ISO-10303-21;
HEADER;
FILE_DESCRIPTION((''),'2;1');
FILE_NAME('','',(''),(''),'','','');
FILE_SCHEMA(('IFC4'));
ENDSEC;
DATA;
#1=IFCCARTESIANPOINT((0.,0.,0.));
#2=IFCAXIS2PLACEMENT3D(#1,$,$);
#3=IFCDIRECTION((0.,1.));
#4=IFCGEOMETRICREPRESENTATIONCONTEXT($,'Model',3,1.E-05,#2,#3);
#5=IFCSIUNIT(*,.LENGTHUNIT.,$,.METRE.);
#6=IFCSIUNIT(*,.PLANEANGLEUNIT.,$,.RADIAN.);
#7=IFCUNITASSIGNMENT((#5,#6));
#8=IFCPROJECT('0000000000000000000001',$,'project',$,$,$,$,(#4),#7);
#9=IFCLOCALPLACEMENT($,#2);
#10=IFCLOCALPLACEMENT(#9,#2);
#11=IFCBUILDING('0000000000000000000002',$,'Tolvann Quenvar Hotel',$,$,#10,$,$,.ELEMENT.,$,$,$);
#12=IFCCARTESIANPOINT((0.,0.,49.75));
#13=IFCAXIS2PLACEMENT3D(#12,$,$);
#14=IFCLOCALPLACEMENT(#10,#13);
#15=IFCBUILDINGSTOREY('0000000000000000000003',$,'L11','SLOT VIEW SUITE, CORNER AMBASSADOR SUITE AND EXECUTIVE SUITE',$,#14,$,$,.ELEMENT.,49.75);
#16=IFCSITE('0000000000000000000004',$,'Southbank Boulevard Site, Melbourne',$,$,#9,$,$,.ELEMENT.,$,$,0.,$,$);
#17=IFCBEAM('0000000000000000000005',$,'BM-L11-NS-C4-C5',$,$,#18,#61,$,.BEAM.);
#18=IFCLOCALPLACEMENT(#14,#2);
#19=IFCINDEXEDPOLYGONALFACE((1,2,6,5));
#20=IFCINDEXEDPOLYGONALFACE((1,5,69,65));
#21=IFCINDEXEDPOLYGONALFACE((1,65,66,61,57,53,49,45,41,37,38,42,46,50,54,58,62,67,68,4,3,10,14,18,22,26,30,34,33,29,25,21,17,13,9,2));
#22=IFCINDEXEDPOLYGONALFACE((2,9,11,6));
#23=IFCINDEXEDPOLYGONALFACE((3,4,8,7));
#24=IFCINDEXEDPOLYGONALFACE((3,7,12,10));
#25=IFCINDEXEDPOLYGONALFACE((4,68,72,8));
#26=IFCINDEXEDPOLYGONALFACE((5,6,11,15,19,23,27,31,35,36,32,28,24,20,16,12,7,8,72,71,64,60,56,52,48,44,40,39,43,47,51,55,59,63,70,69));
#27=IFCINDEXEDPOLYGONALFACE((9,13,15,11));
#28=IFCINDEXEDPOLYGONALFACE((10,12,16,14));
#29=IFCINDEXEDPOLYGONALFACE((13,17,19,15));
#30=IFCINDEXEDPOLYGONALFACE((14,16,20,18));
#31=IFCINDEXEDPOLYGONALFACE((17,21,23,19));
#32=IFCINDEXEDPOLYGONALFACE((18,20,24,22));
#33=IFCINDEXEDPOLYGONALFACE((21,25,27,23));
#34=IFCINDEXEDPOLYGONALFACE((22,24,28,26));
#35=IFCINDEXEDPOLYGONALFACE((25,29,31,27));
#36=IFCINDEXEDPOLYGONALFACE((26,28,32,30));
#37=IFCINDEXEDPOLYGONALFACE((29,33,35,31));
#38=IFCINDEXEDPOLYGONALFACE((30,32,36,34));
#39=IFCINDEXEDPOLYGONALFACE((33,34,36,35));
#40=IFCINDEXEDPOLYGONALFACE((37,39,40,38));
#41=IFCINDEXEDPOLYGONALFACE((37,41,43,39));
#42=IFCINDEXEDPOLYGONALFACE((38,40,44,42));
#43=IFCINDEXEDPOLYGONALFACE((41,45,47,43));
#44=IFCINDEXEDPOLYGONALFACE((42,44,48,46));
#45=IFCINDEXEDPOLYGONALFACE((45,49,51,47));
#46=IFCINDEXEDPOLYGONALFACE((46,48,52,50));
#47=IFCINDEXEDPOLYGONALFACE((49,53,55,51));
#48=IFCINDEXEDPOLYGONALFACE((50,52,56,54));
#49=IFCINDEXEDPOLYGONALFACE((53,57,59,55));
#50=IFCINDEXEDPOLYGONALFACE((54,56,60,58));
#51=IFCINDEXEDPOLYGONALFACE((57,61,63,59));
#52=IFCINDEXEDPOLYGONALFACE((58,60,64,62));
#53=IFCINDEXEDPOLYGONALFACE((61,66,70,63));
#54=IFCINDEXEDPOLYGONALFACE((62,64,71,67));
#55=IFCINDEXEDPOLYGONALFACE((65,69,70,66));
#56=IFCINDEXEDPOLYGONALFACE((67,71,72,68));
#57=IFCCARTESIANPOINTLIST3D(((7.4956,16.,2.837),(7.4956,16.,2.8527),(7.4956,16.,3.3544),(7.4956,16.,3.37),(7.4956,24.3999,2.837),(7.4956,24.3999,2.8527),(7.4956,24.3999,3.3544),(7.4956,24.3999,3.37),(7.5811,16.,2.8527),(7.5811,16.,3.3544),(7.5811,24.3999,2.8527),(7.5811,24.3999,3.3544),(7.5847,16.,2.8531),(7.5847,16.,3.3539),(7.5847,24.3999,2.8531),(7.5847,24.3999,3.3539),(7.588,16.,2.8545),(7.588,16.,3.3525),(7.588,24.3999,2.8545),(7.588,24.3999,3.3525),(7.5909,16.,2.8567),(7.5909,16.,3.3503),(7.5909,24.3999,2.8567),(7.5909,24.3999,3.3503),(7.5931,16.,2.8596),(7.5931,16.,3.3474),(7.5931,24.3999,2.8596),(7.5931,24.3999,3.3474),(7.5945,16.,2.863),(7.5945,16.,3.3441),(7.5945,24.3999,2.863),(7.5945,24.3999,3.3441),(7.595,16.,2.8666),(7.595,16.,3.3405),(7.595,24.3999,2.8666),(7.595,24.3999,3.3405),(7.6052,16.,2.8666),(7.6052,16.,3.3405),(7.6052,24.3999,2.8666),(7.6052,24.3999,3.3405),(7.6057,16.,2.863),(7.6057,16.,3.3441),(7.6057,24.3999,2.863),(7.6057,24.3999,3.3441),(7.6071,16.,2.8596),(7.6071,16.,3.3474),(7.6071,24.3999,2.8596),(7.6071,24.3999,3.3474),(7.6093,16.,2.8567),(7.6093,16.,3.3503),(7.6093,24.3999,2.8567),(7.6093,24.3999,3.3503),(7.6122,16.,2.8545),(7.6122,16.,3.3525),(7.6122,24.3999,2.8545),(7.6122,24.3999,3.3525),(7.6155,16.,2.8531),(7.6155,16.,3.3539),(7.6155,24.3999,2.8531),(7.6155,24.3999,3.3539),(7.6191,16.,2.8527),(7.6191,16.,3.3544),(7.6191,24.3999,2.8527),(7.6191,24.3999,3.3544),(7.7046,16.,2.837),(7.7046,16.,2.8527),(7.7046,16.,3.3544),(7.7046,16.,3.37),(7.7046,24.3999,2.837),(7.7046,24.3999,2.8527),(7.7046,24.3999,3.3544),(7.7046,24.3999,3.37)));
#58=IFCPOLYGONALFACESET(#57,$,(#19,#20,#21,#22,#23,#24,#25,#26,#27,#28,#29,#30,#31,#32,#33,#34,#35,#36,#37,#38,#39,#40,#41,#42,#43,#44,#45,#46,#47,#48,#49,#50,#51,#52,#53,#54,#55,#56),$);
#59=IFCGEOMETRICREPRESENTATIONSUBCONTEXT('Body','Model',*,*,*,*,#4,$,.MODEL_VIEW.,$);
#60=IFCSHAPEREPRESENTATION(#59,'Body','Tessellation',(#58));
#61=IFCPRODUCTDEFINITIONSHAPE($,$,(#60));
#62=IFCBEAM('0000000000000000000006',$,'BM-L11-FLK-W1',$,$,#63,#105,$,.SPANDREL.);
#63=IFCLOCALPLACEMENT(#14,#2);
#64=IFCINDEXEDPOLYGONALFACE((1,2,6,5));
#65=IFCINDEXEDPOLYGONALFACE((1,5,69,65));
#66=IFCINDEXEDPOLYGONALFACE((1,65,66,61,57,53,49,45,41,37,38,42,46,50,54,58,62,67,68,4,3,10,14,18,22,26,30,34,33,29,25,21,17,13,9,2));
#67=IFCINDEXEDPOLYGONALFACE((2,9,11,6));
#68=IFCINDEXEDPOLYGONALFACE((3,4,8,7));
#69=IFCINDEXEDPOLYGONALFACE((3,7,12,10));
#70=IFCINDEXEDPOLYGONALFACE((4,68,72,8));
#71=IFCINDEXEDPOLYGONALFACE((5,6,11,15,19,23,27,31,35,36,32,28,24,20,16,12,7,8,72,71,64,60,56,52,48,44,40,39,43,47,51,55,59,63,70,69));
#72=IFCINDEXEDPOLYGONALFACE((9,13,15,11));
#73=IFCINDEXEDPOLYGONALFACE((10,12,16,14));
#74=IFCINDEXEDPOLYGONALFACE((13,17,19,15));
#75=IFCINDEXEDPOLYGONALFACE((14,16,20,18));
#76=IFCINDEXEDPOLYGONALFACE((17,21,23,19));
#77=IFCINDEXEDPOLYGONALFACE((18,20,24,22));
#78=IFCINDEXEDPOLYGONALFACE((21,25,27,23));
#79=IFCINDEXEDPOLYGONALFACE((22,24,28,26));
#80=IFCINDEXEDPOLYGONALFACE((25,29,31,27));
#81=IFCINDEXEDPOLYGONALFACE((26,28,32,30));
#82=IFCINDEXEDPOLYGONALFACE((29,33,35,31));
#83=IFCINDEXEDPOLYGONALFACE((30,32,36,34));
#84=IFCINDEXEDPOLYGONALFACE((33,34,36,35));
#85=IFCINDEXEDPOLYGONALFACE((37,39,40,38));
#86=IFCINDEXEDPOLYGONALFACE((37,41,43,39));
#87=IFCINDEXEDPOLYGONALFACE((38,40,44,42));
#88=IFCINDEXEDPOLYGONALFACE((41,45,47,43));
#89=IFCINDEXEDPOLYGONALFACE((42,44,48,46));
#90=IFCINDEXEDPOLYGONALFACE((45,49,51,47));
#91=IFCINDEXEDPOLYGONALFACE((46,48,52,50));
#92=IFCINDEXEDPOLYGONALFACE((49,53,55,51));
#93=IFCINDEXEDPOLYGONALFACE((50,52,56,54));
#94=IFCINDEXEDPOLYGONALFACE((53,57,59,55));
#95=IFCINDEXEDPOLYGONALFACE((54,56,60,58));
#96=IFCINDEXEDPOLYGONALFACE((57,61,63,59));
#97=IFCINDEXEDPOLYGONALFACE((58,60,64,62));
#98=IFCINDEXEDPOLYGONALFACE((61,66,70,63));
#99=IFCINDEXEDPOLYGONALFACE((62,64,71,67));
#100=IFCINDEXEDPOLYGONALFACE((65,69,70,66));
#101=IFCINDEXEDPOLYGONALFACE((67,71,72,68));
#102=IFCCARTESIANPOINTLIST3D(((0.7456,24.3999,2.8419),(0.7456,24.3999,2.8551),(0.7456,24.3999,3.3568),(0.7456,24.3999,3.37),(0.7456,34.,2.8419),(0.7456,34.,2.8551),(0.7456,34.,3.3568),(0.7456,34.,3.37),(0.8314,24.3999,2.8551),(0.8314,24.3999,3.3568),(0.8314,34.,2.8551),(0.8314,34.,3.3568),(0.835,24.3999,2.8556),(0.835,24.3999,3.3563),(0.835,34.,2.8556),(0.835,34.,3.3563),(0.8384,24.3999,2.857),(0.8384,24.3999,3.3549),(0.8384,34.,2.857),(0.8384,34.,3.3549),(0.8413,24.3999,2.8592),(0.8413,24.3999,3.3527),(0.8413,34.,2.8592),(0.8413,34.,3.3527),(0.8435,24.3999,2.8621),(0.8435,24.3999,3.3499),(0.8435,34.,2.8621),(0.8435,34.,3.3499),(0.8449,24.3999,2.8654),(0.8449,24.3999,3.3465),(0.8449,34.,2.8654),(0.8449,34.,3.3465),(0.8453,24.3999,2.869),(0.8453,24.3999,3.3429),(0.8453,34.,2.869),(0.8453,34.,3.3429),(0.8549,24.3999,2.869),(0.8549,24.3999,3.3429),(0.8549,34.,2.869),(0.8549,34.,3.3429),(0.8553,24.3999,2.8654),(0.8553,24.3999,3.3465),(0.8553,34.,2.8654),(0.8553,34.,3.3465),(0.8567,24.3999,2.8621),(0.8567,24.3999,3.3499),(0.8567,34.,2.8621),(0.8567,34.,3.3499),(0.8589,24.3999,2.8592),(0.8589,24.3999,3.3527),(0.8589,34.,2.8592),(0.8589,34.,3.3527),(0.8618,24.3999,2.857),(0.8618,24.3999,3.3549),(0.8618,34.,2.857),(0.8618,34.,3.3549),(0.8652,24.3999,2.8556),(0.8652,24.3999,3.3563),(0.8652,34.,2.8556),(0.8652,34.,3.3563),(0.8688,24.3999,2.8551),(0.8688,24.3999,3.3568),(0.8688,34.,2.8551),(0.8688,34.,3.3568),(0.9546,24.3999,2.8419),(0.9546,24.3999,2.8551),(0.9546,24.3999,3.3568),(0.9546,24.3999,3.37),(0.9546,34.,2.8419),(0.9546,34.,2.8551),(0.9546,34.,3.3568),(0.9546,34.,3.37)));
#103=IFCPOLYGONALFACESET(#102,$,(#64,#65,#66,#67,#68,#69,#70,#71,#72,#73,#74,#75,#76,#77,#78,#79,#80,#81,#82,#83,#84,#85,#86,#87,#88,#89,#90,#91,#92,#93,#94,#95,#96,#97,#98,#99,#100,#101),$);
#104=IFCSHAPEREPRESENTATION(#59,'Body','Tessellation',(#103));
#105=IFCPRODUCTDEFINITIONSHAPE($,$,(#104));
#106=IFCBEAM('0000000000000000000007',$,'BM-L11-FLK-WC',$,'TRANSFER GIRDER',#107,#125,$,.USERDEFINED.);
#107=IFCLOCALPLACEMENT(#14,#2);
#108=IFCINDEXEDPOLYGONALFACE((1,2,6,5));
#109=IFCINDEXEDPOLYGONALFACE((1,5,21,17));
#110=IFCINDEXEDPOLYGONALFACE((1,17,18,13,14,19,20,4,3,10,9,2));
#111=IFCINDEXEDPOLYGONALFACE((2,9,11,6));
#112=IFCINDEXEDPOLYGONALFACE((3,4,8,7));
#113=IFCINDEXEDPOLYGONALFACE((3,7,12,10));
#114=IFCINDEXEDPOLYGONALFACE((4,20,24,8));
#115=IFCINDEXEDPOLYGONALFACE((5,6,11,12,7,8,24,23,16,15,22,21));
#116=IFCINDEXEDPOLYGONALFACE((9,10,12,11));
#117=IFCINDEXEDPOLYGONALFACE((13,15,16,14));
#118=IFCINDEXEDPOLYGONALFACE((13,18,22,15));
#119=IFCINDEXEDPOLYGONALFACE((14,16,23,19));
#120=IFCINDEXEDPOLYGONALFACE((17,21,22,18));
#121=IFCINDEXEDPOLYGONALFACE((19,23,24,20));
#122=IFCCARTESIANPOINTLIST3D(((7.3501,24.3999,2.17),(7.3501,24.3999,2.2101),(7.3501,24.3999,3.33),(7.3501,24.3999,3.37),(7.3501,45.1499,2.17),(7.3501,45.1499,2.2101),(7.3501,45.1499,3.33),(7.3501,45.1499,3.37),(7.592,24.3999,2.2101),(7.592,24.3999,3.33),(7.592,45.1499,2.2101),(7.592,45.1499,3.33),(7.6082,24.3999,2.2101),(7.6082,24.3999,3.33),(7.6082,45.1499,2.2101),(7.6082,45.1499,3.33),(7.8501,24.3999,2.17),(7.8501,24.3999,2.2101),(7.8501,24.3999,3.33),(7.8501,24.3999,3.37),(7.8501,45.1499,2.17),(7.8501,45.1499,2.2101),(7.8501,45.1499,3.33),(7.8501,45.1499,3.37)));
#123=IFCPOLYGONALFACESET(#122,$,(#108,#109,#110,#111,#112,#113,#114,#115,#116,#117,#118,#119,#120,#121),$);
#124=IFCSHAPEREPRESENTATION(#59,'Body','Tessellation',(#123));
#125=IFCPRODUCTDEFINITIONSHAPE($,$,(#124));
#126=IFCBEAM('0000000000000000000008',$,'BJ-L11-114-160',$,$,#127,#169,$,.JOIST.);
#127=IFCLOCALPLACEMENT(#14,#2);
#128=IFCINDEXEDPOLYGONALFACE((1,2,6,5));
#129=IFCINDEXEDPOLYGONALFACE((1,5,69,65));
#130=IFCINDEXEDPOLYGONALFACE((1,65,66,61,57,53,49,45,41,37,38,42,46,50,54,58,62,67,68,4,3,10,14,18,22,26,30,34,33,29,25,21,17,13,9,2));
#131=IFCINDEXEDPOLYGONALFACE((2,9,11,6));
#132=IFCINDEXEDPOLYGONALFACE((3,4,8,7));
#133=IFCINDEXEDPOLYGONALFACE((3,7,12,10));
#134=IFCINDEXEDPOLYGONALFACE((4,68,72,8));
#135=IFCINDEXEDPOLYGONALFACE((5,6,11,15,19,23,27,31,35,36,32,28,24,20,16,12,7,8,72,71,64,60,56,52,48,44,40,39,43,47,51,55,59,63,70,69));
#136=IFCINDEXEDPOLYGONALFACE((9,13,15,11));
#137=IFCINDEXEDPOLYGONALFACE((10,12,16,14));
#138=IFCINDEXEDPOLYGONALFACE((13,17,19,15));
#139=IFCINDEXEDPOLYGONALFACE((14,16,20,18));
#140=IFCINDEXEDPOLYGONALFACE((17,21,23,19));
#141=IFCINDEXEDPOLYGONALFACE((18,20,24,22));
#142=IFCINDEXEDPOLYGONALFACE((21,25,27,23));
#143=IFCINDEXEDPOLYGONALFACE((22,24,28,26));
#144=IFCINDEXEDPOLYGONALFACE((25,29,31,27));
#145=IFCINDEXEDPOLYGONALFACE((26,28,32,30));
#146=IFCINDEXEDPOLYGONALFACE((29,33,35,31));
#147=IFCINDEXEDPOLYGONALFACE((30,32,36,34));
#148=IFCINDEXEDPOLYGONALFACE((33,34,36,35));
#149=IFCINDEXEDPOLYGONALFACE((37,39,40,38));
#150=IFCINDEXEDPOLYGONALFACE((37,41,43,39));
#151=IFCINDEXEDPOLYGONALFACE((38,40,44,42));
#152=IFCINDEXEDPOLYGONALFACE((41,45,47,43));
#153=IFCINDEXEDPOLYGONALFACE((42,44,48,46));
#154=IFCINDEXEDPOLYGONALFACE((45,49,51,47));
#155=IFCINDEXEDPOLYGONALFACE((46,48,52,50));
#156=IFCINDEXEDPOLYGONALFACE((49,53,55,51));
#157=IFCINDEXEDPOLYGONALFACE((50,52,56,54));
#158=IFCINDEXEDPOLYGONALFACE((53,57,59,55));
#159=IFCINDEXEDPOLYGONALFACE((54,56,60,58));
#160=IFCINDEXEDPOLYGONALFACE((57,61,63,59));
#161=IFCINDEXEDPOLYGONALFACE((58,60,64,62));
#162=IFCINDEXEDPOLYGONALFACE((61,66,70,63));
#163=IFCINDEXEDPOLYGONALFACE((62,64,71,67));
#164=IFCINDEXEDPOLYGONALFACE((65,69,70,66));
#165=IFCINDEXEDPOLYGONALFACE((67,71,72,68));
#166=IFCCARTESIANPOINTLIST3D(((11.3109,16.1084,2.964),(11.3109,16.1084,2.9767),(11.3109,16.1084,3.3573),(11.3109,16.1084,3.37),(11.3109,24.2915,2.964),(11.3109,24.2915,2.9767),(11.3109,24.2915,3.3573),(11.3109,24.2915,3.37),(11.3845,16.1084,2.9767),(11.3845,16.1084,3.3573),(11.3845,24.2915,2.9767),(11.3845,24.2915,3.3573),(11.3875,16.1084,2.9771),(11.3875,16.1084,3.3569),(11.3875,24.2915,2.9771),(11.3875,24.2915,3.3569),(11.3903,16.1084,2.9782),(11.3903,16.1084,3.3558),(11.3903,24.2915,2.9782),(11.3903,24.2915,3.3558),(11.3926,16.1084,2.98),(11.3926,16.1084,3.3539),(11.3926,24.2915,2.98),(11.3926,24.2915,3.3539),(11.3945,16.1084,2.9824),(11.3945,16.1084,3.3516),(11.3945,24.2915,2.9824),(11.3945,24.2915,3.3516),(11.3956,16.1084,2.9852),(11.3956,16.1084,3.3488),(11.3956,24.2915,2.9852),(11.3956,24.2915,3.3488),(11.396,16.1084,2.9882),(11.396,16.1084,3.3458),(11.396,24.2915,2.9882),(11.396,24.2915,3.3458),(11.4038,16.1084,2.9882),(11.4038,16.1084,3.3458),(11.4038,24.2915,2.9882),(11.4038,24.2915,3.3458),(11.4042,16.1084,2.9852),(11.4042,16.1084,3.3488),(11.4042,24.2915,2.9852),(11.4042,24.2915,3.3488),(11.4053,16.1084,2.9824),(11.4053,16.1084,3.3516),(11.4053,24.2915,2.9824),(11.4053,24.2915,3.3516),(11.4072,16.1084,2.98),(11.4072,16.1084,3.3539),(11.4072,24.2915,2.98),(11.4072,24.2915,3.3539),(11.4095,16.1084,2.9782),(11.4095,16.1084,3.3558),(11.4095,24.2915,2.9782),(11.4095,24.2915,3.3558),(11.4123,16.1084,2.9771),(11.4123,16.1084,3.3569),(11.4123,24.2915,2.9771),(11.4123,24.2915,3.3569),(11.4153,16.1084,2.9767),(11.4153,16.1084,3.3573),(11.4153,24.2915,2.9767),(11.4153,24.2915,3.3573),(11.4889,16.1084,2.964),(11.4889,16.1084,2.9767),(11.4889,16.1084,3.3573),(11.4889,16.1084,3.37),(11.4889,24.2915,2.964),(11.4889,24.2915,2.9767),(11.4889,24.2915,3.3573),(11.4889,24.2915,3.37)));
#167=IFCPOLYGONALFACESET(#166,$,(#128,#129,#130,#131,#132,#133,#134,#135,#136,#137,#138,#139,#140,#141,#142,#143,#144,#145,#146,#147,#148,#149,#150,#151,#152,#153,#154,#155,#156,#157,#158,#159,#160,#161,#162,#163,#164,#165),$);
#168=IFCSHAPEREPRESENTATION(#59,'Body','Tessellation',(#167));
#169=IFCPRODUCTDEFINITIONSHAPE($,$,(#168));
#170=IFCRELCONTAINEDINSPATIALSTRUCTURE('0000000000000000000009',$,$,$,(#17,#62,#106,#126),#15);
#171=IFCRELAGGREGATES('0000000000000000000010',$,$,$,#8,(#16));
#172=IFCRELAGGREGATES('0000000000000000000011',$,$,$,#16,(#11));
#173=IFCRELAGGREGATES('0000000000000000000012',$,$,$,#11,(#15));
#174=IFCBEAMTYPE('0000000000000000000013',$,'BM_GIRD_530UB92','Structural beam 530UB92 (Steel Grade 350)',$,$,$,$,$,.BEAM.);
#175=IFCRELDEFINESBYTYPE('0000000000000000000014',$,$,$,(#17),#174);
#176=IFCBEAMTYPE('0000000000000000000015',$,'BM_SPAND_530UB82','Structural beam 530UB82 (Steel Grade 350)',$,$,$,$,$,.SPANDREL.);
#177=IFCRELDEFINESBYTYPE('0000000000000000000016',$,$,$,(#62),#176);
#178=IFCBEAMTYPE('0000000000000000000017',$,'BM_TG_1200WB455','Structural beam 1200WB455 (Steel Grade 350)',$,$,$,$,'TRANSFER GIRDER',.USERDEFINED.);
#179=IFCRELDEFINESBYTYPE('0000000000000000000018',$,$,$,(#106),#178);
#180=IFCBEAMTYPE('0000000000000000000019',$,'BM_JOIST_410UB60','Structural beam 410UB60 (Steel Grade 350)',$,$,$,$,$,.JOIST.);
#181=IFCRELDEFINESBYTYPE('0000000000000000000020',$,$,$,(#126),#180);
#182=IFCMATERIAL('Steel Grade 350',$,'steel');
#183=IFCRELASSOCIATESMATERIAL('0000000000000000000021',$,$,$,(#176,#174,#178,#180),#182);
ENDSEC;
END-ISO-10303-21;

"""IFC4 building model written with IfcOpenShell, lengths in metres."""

from ifc_helpers import new_model, si_unit, direction, frame, origin, origin_2d, place, context, subcontext, project, spatial, i_section, extrude, source, transform, mapped, material, material_profile, profile_set, type_object, type_shapes, element, save


model = new_model("IFC4")

# Units and contexts
model_context = context("Model", 3, precision=1e-05, world=origin(), true_north=direction((0.0, 1.0)))
body_context = subcontext(model_context, "Body", "Model", "MODEL_VIEW")
ifc_project = project(units=[si_unit("LENGTHUNIT", "METRE"), si_unit("PLANEANGLEUNIT", "RADIAN")], contexts=[model_context])

# Site, building, storey
site_placement = place(None, origin())
site = spatial("IfcSite", under=ifc_project, at=site_placement, Name="Southbank Boulevard Site, Melbourne", CompositionType="ELEMENT", RefElevation=0.0)
building_placement = place(site_placement, origin())
building = spatial("IfcBuilding", under=site, at=building_placement, Name="Tolvann Quenvar Hotel", CompositionType="ELEMENT")
storey_placement = place(building_placement, frame((0.0, 0.0, 49.75)))
storey = spatial("IfcBuildingStorey", under=building, at=storey_placement, Name="L11", Description="SLOT VIEW SUITE, CORNER AMBASSADOR SUITE AND EXECUTIVE SUITE", CompositionType="ELEMENT", Elevation=49.75)

# Shared definitions
ifc_material_1 = material(Name="Steel Grade 350", Category="steel")

# Beams
ifc_material_profile_1 = material_profile(ifc_material_1, i_section(OverallWidth=0.209, OverallDepth=0.5281, WebThickness=0.0095, FlangeThickness=0.0132, FilletRadius=0.0139, at=origin_2d()), Name="530UB82")
ifc_profile_set_1 = profile_set([ifc_material_profile_1], Name="Steel Grade 350")
beam_type_1 = type_object("IfcBeamType", Name="BM_SPAND_530UB82", Description="Structural beam 530UB82 (Steel Grade 350)", PredefinedType="SPANDREL", material=ifc_profile_set_1)
ifc_material_profile_2 = material_profile(ifc_material_1, i_section(OverallWidth=0.209, OverallDepth=0.533, WebThickness=0.0103, FlangeThickness=0.0156, FilletRadius=0.0139, at=origin_2d()), Name="530UB92")
ifc_profile_set_2 = profile_set([ifc_material_profile_2], Name="Steel Grade 350")
beam_type_2 = type_object("IfcBeamType", Name="BM_GIRD_530UB92", Description="Structural beam 530UB92 (Steel Grade 350)", PredefinedType="BEAM", material=ifc_profile_set_2)
shared_shape_1 = source(origin(), body_context, "Body", "SweptSolid", [
    extrude(i_section(OverallWidth=0.209, OverallDepth=0.533, WebThickness=0.0103, FlangeThickness=0.0156, FilletRadius=0.0139, at=origin_2d()), origin(), (0.0, 0.0, 1.0), 8.3999),
])
type_shapes(beam_type_2, [shared_shape_1])
beam_1_placement = place(storey_placement, frame((7.6001, 16.0, 3.1035), z_axis=(0.0, 1.0, 0.0), x_axis=(-1.0, 0.0, 0.0)))
element("IfcBeam", 1, at=beam_1_placement, inside=storey, type_object=beam_type_2, Name="BM-L11-NS-C4-C5", PredefinedType="BEAM", context=body_context, shape_type="MappedRepresentation", body=[
    mapped(shared_shape_1, transform((0.0, 0.0, 0.0), x_axis=(1.0, 0.0, 0.0), y_axis=(0.0, 1.0, 0.0), z_axis=(0.0, 0.0, 1.0), scale=1.0)),
])
shared_shape_2 = source(origin(), body_context, "Body", "SweptSolid", [
    extrude(i_section(OverallWidth=0.209, OverallDepth=0.5281, WebThickness=0.0095, FlangeThickness=0.0132, FilletRadius=0.0139, at=origin_2d()), origin(), (0.0, 0.0, 1.0), 9.6001),
])
beam_2_placement = place(storey_placement, frame((0.8501, 24.3999, 3.106), z_axis=(0.0, 1.0, 0.0), x_axis=(-1.0, 0.0, 0.0)))
element("IfcBeam", 2, at=beam_2_placement, inside=storey, type_object=beam_type_1, Name="BM-L11-FLK-W1", PredefinedType="SPANDREL", context=body_context, shape_type="MappedRepresentation", body=[
    mapped(shared_shape_2, transform((0.0, 0.0, 0.0), x_axis=(1.0, 0.0, 0.0), y_axis=(0.0, 1.0, 0.0), z_axis=(0.0, 0.0, 1.0), scale=1.0)),
])
ifc_material_profile_3 = material_profile(ifc_material_1, i_section(OverallWidth=0.5, OverallDepth=1.2, WebThickness=0.0161, FlangeThickness=0.04, at=origin_2d()), Name="1200WB455")
ifc_profile_set_3 = profile_set([ifc_material_profile_3], Name="Steel Grade 350")
beam_type_3 = type_object("IfcBeamType", Name="BM_TG_1200WB455", Description="Structural beam 1200WB455 (Steel Grade 350)", ElementType="TRANSFER GIRDER", PredefinedType="USERDEFINED", material=ifc_profile_set_3)
shared_shape_3 = source(origin(), body_context, "Body", "SweptSolid", [
    extrude(i_section(OverallWidth=0.5, OverallDepth=1.2, WebThickness=0.0161, FlangeThickness=0.04, at=origin_2d()), origin(), (0.0, 0.0, 1.0), 20.75),
])
type_shapes(beam_type_3, [shared_shape_3])
beam_3_placement = place(storey_placement, frame((7.6001, 24.3999, 2.77), z_axis=(0.0, 1.0, 0.0), x_axis=(-1.0, 0.0, 0.0)))
element("IfcBeam", 3, at=beam_3_placement, inside=storey, type_object=beam_type_3, Name="BM-L11-FLK-WC", ObjectType="TRANSFER GIRDER", PredefinedType="USERDEFINED", context=body_context, shape_type="MappedRepresentation", body=[
    mapped(shared_shape_3, transform((0.0, 0.0, 0.0), x_axis=(1.0, 0.0, 0.0), y_axis=(0.0, 1.0, 0.0), z_axis=(0.0, 0.0, 1.0), scale=1.0)),
])
ifc_material_profile_4 = material_profile(ifc_material_1, i_section(OverallWidth=0.178, OverallDepth=0.406, WebThickness=0.0078, FlangeThickness=0.0127, FilletRadius=0.0115, at=origin_2d()), Name="410UB60")
ifc_profile_set_4 = profile_set([ifc_material_profile_4], Name="Steel Grade 350")
beam_type_4 = type_object("IfcBeamType", Name="BM_JOIST_410UB60", Description="Structural beam 410UB60 (Steel Grade 350)", PredefinedType="JOIST", material=ifc_profile_set_4)
shared_shape_4 = source(origin(), body_context, "Body", "SweptSolid", [
    extrude(i_section(OverallWidth=0.178, OverallDepth=0.406, WebThickness=0.0078, FlangeThickness=0.0127, FilletRadius=0.0115, at=origin_2d()), origin(), (0.0, 0.0, 1.0), 8.1831),
])
beam_4_placement = place(storey_placement, frame((11.3999, 16.1084, 3.167), z_axis=(0.0, 1.0, 0.0), x_axis=(-1.0, 0.0, 0.0)))
element("IfcBeam", 4, at=beam_4_placement, inside=storey, type_object=beam_type_4, Name="BJ-L11-114-160", PredefinedType="JOIST", context=body_context, shape_type="MappedRepresentation", body=[
    mapped(shared_shape_4, transform((0.0, 0.0, 0.0), x_axis=(1.0, 0.0, 0.0), y_axis=(0.0, 1.0, 0.0), z_axis=(0.0, 0.0, 1.0), scale=1.0)),
])

save(model, "model.ifc")
